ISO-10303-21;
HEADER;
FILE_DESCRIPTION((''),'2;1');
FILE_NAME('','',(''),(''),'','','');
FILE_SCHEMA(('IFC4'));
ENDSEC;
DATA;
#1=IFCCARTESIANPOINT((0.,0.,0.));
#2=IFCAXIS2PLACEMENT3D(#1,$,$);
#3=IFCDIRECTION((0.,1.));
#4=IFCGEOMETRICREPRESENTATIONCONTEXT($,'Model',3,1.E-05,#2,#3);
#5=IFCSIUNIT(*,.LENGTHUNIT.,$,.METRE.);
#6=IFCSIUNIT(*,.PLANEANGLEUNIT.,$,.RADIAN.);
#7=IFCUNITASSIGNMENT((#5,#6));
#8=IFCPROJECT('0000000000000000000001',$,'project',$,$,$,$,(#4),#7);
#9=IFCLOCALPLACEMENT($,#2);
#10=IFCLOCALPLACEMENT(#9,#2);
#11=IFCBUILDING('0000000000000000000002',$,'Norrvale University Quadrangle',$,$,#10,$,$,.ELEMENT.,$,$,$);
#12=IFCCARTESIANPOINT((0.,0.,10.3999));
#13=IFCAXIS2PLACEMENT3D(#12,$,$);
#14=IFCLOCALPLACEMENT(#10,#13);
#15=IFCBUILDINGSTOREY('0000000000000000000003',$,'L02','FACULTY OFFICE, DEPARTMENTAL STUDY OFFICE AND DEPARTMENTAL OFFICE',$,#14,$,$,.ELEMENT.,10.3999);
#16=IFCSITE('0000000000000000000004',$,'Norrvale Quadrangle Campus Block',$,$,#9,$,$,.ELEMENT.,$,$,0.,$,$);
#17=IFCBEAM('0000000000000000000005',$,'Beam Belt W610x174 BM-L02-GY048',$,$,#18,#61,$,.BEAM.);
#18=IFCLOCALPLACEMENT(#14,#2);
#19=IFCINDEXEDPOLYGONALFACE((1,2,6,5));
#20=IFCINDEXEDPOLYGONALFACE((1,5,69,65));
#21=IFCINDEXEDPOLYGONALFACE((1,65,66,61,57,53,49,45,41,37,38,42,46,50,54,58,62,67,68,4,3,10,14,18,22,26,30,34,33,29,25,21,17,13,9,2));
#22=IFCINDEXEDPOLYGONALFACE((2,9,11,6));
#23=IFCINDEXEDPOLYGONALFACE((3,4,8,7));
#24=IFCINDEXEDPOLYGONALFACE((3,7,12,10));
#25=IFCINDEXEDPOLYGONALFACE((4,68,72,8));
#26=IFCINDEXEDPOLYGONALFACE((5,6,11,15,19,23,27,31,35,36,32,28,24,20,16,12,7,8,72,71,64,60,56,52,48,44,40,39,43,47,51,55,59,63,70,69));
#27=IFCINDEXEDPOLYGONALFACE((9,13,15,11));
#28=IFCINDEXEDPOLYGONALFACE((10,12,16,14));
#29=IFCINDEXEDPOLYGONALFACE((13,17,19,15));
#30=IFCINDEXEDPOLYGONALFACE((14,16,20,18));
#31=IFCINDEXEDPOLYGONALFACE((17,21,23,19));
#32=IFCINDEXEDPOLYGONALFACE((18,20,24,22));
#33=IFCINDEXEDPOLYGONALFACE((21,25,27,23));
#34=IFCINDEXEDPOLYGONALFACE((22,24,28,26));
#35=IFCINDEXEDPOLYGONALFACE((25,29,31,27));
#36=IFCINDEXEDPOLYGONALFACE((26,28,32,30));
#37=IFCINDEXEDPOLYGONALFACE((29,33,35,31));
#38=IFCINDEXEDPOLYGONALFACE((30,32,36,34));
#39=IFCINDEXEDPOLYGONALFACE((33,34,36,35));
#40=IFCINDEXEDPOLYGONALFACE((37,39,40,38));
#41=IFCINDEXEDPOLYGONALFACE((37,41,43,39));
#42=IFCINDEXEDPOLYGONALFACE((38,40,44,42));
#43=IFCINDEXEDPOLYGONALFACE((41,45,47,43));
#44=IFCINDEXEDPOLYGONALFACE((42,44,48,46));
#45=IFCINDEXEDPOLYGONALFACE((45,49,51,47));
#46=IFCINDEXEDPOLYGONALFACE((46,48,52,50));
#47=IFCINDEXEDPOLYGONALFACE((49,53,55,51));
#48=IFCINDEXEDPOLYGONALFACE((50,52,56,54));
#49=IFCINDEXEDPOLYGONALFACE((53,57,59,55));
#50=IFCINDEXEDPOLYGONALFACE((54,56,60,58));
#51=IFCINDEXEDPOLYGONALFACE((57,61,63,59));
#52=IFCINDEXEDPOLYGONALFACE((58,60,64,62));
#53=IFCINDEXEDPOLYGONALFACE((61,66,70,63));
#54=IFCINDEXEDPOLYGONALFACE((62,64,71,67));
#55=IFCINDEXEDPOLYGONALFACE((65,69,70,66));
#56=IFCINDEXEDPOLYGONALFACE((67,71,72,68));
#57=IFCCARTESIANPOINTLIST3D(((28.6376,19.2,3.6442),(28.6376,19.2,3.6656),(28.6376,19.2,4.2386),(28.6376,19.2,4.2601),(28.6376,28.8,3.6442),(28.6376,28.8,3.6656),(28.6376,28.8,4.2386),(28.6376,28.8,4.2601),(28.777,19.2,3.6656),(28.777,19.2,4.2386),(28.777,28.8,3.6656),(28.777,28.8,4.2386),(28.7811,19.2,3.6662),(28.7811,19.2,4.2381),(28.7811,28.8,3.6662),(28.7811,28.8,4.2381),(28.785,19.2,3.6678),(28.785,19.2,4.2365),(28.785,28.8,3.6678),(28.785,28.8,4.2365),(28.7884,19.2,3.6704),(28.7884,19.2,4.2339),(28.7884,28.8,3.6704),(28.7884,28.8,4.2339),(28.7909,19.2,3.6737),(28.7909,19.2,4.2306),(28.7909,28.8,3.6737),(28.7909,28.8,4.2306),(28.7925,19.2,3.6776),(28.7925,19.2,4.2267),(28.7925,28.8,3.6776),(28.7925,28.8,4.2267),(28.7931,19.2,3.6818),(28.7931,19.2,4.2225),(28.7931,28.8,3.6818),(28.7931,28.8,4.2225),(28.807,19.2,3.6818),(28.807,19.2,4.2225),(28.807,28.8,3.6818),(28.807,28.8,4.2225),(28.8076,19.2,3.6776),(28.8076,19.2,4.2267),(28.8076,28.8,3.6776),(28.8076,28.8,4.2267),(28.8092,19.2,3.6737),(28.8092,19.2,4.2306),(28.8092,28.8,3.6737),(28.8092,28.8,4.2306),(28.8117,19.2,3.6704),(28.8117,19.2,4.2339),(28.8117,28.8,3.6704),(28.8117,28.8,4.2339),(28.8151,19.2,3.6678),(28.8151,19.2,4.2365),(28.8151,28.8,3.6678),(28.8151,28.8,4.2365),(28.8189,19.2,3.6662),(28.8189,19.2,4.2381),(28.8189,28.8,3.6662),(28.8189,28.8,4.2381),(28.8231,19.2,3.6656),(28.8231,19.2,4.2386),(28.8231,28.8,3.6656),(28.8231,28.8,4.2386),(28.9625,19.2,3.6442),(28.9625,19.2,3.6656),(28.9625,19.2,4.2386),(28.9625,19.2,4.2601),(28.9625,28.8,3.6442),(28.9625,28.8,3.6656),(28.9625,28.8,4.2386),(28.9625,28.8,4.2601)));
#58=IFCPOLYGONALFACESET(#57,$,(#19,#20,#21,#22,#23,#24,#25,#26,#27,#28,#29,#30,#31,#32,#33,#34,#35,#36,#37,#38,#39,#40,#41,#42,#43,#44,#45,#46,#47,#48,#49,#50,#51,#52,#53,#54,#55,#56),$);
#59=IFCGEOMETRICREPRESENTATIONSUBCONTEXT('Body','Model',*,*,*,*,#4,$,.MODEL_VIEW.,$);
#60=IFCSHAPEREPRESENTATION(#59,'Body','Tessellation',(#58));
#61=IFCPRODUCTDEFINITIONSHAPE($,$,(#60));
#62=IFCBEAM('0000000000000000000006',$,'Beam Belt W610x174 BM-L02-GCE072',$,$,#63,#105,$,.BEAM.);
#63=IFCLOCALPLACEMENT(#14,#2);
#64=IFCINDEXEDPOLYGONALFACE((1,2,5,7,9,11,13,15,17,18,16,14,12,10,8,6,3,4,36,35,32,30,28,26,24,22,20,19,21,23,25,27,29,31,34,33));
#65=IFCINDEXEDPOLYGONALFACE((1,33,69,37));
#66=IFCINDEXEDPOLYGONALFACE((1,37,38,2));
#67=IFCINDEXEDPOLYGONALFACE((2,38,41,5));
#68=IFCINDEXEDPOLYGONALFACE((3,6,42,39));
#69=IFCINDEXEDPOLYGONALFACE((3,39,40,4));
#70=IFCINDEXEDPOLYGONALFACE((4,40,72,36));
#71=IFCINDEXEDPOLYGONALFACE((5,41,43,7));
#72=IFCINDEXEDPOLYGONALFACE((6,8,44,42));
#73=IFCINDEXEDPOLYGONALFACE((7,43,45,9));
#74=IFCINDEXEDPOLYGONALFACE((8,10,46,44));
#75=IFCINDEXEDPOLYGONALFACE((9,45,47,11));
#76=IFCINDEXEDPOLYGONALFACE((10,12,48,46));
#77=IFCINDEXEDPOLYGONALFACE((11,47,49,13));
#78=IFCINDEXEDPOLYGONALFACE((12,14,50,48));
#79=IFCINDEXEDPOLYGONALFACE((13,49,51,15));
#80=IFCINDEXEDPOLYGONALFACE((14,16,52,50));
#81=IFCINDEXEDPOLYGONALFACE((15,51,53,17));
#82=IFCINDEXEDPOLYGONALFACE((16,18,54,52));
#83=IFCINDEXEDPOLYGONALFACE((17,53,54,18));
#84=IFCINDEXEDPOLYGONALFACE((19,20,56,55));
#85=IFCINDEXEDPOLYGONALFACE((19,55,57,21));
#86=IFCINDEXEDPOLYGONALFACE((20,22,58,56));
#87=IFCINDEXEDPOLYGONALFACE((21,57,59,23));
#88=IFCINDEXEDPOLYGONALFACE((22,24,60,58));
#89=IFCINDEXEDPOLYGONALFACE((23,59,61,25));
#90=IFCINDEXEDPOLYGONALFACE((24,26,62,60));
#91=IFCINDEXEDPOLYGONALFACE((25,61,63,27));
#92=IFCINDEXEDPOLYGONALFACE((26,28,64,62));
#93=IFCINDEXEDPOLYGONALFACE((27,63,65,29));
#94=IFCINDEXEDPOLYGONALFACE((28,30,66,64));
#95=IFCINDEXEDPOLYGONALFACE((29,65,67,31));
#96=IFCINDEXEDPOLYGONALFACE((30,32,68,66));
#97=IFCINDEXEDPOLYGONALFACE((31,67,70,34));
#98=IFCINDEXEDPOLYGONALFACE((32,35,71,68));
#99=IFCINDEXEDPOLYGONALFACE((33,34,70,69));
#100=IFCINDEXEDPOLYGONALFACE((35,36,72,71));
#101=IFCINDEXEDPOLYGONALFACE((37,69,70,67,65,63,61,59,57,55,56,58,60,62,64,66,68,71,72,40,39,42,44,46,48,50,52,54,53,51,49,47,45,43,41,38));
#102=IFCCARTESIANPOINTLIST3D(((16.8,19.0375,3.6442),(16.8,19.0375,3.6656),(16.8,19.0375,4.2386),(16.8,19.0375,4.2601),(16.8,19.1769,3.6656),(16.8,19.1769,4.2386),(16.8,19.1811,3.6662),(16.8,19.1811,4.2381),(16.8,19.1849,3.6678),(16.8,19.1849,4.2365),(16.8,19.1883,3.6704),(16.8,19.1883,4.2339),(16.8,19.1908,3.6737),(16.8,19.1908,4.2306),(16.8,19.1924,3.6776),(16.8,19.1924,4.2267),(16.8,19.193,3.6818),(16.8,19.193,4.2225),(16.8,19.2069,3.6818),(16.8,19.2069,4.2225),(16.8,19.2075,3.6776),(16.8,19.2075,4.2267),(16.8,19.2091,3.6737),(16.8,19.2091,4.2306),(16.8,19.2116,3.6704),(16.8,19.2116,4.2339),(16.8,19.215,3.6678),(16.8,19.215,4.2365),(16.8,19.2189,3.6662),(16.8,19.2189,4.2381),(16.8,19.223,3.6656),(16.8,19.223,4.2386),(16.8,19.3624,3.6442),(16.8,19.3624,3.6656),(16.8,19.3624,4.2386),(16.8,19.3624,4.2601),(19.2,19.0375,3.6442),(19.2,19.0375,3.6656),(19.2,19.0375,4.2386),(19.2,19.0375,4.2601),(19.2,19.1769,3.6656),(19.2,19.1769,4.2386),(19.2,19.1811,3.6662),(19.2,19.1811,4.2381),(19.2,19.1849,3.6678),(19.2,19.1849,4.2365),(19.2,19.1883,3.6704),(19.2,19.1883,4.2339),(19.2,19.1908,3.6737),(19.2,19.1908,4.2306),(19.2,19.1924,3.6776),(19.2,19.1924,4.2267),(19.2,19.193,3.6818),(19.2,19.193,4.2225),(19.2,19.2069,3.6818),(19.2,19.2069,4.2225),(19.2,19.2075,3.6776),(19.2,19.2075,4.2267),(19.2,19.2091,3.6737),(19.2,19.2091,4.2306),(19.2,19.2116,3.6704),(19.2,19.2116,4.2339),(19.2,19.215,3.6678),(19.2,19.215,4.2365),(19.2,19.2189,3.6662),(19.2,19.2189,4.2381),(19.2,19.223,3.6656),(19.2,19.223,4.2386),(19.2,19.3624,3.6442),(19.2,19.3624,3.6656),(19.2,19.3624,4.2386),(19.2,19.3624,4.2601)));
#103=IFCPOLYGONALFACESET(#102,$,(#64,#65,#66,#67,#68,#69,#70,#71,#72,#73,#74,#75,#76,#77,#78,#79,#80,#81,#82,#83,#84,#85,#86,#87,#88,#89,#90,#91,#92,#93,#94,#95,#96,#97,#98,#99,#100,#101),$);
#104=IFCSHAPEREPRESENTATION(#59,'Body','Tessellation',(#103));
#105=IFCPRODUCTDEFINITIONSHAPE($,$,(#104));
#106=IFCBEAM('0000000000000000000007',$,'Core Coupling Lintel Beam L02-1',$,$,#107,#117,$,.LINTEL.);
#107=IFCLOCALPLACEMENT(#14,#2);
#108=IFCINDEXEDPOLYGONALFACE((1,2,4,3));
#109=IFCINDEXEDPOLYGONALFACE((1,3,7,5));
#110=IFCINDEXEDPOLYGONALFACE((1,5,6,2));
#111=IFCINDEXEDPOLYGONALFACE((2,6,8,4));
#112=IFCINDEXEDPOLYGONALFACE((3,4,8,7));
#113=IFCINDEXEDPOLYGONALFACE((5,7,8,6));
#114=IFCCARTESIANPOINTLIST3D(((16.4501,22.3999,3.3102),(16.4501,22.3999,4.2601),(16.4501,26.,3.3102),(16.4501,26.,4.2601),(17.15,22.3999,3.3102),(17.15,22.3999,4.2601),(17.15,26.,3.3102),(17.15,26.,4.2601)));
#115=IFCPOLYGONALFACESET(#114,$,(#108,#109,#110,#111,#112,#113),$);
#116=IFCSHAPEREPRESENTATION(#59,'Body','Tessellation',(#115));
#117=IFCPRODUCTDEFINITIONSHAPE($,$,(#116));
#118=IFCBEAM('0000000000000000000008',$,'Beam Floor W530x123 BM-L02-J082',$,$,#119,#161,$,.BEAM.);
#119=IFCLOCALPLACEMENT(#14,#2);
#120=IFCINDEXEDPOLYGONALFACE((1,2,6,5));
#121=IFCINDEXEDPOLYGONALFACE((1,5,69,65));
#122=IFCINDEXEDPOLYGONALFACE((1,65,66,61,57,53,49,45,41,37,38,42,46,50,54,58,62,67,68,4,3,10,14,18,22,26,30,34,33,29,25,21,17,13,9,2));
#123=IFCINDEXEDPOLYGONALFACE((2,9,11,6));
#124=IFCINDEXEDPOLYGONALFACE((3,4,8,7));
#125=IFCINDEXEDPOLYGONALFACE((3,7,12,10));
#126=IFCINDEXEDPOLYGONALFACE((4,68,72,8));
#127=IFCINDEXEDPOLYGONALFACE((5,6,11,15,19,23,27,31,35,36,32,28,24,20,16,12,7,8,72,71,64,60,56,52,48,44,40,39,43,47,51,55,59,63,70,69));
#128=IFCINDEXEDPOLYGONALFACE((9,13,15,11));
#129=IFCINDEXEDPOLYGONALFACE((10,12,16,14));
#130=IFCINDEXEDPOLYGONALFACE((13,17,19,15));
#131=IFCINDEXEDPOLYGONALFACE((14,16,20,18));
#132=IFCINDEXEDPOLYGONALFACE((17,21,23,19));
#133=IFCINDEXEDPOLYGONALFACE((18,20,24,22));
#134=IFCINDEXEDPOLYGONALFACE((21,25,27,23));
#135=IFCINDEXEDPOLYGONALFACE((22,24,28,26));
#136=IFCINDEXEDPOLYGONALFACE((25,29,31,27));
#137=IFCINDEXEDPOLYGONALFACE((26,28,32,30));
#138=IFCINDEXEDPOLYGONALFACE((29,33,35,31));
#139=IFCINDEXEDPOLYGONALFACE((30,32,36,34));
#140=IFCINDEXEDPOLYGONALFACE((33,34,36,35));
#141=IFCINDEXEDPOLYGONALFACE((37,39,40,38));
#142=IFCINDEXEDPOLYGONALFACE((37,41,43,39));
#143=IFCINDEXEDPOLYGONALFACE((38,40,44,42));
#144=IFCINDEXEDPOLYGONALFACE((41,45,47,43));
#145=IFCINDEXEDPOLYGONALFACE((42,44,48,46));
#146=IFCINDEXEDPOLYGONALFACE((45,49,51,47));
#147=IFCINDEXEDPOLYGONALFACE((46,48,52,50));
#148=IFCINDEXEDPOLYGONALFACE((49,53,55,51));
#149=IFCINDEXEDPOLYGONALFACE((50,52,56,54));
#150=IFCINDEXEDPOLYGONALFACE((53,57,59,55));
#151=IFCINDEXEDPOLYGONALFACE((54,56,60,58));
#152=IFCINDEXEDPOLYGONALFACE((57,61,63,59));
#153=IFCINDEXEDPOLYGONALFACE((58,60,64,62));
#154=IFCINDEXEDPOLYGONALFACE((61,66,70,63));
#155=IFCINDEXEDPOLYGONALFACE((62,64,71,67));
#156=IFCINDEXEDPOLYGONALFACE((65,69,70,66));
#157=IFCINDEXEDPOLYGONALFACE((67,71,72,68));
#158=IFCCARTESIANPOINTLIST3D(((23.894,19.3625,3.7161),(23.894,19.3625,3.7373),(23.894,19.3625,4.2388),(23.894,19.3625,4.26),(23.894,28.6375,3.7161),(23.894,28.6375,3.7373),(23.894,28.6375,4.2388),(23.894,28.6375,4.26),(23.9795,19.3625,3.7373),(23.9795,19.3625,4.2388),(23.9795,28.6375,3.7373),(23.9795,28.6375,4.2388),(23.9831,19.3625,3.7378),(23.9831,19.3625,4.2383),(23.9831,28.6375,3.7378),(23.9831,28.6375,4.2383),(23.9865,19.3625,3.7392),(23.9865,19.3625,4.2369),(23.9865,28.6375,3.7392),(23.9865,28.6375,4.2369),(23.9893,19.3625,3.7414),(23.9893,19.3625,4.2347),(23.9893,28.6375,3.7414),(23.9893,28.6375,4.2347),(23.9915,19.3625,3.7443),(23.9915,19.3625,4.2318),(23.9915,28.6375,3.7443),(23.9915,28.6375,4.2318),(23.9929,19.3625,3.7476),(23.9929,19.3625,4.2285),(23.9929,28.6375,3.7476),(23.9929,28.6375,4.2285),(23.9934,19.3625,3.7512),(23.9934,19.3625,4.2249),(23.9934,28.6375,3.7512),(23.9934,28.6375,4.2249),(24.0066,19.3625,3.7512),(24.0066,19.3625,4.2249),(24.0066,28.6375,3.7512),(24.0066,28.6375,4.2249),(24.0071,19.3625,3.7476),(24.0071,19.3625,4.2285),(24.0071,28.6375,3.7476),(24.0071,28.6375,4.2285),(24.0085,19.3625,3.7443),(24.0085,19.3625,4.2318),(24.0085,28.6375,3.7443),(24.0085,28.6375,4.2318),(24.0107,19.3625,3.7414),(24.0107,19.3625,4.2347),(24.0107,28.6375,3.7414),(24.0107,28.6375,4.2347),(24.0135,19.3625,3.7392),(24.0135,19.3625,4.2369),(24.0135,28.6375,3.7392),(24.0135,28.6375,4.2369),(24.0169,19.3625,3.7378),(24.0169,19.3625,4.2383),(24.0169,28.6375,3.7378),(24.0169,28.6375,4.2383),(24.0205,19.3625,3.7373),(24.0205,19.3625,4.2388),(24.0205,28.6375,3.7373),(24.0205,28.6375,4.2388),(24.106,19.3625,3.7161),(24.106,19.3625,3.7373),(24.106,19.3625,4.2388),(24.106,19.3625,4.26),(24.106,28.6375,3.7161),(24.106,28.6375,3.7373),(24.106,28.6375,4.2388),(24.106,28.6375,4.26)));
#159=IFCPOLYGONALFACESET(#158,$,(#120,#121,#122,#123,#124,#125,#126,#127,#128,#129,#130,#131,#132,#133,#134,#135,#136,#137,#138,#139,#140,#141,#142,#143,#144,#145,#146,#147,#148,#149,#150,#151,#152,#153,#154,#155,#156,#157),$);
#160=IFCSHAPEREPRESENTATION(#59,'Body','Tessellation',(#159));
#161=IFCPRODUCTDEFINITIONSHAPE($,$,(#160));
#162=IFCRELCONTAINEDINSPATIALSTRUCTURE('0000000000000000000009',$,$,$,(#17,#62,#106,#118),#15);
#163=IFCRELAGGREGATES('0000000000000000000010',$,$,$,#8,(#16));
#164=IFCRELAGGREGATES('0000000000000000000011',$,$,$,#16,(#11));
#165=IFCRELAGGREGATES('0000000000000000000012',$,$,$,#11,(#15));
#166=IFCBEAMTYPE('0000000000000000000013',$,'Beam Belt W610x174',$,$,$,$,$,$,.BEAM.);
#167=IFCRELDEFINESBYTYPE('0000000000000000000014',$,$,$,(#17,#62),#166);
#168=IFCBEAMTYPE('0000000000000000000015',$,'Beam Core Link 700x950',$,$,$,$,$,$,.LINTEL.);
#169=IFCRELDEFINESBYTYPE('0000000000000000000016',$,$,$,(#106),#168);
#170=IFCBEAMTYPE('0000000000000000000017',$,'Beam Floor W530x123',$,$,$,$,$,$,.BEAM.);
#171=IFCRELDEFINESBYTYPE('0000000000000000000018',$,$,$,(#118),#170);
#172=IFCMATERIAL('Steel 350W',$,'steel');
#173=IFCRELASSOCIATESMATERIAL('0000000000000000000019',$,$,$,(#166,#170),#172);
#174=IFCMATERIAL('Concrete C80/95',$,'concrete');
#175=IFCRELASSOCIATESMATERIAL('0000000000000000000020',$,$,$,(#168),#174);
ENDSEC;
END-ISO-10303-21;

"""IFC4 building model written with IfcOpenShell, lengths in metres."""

from ifc_helpers import new_model, si_unit, direction, frame, origin, origin_2d, place, context, subcontext, project, spatial, rectangle, i_section, extrude, material, material_profile, profile_set, type_object, element, save


model = new_model("IFC4")

# Units and contexts
model_context = context("Model", 3, precision=1e-05, world=origin(), true_north=direction((0.0, 1.0)))
body_context = subcontext(model_context, "Body", "Model", "MODEL_VIEW")
ifc_project = project(units=[si_unit("LENGTHUNIT", "METRE"), si_unit("PLANEANGLEUNIT", "RADIAN")], contexts=[model_context])

# Site, building, storey
site_placement = place(None, origin())
site = spatial("IfcSite", under=ifc_project, at=site_placement, Name="Norrvale Quadrangle Campus Block", CompositionType="ELEMENT", RefElevation=0.0)
building_placement = place(site_placement, origin())
building = spatial("IfcBuilding", under=site, at=building_placement, Name="Norrvale University Quadrangle", CompositionType="ELEMENT")
storey_placement = place(building_placement, frame((0.0, 0.0, 10.3999)))
storey = spatial("IfcBuildingStorey", under=building, at=storey_placement, Name="L02", Description="FACULTY OFFICE, DEPARTMENTAL STUDY OFFICE AND DEPARTMENTAL OFFICE", CompositionType="ELEMENT", Elevation=10.3999)

# Shared definitions
ifc_material_1 = material(Name="Concrete C80/95", Category="concrete")

# Beams
ifc_material_2 = material(Name="Steel 350W", Category="steel")
ifc_material_profile_1 = material_profile(ifc_material_2, i_section(OverallWidth=0.325, OverallDepth=0.616, WebThickness=0.0139, FlangeThickness=0.0215, FilletRadius=0.0161, at=origin_2d()), Name="Steel 350W")
ifc_profile_set_1 = profile_set([ifc_material_profile_1], Name="Steel 350W")
beam_type_1 = type_object("IfcBeamType", Name="Beam Belt W610x174", PredefinedType="BEAM", material=ifc_profile_set_1)
for number, where, z_axis, x_axis, name in (
    (1, (28.8, 19.2, 3.9521), (0.0, 1.0, 0.0), (-1.0, 0.0, 0.0), "Beam Belt W610x174 BM-L02-GY048"),
):
    element("IfcBeam", number, at=place(storey_placement, frame(where, z_axis=z_axis, x_axis=x_axis)), inside=storey, type_object=beam_type_1, Name=name, PredefinedType="BEAM", context=body_context, shape_type="SweptSolid", body=[
        extrude(i_section(OverallWidth=0.325, OverallDepth=0.616, WebThickness=0.0139, FlangeThickness=0.0215, FilletRadius=0.0161, at=origin_2d()), origin(), (0.0, 0.0, 1.0), 9.6001),
    ])
beam_1_placement = place(storey_placement, frame((16.8, 19.2, 3.9521), z_axis=(1.0, 0.0, 0.0), x_axis=(0.0, 1.0, 0.0)))
element("IfcBeam", 2, at=beam_1_placement, inside=storey, type_object=beam_type_1, Name="Beam Belt W610x174 BM-L02-GCE072", PredefinedType="BEAM", context=body_context, shape_type="SweptSolid", body=[
    extrude(i_section(OverallWidth=0.325, OverallDepth=0.616, WebThickness=0.0139, FlangeThickness=0.0215, FilletRadius=0.0161, at=origin_2d()), origin(), (0.0, 0.0, 1.0), 2.3999),
])
ifc_material_profile_2 = material_profile(ifc_material_1, rectangle(XDim=0.7, YDim=0.95, at=origin_2d()), Name="Concrete C80/95")
ifc_profile_set_2 = profile_set([ifc_material_profile_2], Name="Concrete C80/95")
beam_type_2 = type_object("IfcBeamType", Name="Beam Core Link 700x950", PredefinedType="LINTEL", material=ifc_profile_set_2)
beam_2_placement = place(storey_placement, frame((16.8, 22.3999, 3.7852), z_axis=(0.0, 1.0, 0.0), x_axis=(-1.0, 0.0, 0.0)))
element("IfcBeam", 3, at=beam_2_placement, inside=storey, type_object=beam_type_2, Name="Core Coupling Lintel Beam L02-1", PredefinedType="LINTEL", context=body_context, shape_type="SweptSolid", body=[
    extrude(rectangle(XDim=0.7, YDim=0.95, at=origin_2d()), origin(), (0.0, 0.0, 1.0), 3.6001),
])
ifc_material_profile_3 = material_profile(ifc_material_2, i_section(OverallWidth=0.2119, OverallDepth=0.5439, WebThickness=0.0132, FlangeThickness=0.0212, FilletRadius=0.0139, at=origin_2d()), Name="Steel 350W")
ifc_profile_set_3 = profile_set([ifc_material_profile_3], Name="Steel 350W")
beam_type_3 = type_object("IfcBeamType", Name="Beam Floor W530x123", PredefinedType="BEAM", material=ifc_profile_set_3)
beam_3_placement = place(storey_placement, frame((24.0, 19.3625, 3.988), z_axis=(0.0, 1.0, 0.0), x_axis=(-1.0, 0.0, 0.0)))
element("IfcBeam", 4, at=beam_3_placement, inside=storey, type_object=beam_type_3, Name="Beam Floor W530x123 BM-L02-J082", PredefinedType="BEAM", context=body_context, shape_type="SweptSolid", body=[
    extrude(i_section(OverallWidth=0.2119, OverallDepth=0.5439, WebThickness=0.0132, FlangeThickness=0.0212, FilletRadius=0.0139, at=origin_2d()), origin(), (0.0, 0.0, 1.0), 9.2749),
])

save(model, "model.ifc")
